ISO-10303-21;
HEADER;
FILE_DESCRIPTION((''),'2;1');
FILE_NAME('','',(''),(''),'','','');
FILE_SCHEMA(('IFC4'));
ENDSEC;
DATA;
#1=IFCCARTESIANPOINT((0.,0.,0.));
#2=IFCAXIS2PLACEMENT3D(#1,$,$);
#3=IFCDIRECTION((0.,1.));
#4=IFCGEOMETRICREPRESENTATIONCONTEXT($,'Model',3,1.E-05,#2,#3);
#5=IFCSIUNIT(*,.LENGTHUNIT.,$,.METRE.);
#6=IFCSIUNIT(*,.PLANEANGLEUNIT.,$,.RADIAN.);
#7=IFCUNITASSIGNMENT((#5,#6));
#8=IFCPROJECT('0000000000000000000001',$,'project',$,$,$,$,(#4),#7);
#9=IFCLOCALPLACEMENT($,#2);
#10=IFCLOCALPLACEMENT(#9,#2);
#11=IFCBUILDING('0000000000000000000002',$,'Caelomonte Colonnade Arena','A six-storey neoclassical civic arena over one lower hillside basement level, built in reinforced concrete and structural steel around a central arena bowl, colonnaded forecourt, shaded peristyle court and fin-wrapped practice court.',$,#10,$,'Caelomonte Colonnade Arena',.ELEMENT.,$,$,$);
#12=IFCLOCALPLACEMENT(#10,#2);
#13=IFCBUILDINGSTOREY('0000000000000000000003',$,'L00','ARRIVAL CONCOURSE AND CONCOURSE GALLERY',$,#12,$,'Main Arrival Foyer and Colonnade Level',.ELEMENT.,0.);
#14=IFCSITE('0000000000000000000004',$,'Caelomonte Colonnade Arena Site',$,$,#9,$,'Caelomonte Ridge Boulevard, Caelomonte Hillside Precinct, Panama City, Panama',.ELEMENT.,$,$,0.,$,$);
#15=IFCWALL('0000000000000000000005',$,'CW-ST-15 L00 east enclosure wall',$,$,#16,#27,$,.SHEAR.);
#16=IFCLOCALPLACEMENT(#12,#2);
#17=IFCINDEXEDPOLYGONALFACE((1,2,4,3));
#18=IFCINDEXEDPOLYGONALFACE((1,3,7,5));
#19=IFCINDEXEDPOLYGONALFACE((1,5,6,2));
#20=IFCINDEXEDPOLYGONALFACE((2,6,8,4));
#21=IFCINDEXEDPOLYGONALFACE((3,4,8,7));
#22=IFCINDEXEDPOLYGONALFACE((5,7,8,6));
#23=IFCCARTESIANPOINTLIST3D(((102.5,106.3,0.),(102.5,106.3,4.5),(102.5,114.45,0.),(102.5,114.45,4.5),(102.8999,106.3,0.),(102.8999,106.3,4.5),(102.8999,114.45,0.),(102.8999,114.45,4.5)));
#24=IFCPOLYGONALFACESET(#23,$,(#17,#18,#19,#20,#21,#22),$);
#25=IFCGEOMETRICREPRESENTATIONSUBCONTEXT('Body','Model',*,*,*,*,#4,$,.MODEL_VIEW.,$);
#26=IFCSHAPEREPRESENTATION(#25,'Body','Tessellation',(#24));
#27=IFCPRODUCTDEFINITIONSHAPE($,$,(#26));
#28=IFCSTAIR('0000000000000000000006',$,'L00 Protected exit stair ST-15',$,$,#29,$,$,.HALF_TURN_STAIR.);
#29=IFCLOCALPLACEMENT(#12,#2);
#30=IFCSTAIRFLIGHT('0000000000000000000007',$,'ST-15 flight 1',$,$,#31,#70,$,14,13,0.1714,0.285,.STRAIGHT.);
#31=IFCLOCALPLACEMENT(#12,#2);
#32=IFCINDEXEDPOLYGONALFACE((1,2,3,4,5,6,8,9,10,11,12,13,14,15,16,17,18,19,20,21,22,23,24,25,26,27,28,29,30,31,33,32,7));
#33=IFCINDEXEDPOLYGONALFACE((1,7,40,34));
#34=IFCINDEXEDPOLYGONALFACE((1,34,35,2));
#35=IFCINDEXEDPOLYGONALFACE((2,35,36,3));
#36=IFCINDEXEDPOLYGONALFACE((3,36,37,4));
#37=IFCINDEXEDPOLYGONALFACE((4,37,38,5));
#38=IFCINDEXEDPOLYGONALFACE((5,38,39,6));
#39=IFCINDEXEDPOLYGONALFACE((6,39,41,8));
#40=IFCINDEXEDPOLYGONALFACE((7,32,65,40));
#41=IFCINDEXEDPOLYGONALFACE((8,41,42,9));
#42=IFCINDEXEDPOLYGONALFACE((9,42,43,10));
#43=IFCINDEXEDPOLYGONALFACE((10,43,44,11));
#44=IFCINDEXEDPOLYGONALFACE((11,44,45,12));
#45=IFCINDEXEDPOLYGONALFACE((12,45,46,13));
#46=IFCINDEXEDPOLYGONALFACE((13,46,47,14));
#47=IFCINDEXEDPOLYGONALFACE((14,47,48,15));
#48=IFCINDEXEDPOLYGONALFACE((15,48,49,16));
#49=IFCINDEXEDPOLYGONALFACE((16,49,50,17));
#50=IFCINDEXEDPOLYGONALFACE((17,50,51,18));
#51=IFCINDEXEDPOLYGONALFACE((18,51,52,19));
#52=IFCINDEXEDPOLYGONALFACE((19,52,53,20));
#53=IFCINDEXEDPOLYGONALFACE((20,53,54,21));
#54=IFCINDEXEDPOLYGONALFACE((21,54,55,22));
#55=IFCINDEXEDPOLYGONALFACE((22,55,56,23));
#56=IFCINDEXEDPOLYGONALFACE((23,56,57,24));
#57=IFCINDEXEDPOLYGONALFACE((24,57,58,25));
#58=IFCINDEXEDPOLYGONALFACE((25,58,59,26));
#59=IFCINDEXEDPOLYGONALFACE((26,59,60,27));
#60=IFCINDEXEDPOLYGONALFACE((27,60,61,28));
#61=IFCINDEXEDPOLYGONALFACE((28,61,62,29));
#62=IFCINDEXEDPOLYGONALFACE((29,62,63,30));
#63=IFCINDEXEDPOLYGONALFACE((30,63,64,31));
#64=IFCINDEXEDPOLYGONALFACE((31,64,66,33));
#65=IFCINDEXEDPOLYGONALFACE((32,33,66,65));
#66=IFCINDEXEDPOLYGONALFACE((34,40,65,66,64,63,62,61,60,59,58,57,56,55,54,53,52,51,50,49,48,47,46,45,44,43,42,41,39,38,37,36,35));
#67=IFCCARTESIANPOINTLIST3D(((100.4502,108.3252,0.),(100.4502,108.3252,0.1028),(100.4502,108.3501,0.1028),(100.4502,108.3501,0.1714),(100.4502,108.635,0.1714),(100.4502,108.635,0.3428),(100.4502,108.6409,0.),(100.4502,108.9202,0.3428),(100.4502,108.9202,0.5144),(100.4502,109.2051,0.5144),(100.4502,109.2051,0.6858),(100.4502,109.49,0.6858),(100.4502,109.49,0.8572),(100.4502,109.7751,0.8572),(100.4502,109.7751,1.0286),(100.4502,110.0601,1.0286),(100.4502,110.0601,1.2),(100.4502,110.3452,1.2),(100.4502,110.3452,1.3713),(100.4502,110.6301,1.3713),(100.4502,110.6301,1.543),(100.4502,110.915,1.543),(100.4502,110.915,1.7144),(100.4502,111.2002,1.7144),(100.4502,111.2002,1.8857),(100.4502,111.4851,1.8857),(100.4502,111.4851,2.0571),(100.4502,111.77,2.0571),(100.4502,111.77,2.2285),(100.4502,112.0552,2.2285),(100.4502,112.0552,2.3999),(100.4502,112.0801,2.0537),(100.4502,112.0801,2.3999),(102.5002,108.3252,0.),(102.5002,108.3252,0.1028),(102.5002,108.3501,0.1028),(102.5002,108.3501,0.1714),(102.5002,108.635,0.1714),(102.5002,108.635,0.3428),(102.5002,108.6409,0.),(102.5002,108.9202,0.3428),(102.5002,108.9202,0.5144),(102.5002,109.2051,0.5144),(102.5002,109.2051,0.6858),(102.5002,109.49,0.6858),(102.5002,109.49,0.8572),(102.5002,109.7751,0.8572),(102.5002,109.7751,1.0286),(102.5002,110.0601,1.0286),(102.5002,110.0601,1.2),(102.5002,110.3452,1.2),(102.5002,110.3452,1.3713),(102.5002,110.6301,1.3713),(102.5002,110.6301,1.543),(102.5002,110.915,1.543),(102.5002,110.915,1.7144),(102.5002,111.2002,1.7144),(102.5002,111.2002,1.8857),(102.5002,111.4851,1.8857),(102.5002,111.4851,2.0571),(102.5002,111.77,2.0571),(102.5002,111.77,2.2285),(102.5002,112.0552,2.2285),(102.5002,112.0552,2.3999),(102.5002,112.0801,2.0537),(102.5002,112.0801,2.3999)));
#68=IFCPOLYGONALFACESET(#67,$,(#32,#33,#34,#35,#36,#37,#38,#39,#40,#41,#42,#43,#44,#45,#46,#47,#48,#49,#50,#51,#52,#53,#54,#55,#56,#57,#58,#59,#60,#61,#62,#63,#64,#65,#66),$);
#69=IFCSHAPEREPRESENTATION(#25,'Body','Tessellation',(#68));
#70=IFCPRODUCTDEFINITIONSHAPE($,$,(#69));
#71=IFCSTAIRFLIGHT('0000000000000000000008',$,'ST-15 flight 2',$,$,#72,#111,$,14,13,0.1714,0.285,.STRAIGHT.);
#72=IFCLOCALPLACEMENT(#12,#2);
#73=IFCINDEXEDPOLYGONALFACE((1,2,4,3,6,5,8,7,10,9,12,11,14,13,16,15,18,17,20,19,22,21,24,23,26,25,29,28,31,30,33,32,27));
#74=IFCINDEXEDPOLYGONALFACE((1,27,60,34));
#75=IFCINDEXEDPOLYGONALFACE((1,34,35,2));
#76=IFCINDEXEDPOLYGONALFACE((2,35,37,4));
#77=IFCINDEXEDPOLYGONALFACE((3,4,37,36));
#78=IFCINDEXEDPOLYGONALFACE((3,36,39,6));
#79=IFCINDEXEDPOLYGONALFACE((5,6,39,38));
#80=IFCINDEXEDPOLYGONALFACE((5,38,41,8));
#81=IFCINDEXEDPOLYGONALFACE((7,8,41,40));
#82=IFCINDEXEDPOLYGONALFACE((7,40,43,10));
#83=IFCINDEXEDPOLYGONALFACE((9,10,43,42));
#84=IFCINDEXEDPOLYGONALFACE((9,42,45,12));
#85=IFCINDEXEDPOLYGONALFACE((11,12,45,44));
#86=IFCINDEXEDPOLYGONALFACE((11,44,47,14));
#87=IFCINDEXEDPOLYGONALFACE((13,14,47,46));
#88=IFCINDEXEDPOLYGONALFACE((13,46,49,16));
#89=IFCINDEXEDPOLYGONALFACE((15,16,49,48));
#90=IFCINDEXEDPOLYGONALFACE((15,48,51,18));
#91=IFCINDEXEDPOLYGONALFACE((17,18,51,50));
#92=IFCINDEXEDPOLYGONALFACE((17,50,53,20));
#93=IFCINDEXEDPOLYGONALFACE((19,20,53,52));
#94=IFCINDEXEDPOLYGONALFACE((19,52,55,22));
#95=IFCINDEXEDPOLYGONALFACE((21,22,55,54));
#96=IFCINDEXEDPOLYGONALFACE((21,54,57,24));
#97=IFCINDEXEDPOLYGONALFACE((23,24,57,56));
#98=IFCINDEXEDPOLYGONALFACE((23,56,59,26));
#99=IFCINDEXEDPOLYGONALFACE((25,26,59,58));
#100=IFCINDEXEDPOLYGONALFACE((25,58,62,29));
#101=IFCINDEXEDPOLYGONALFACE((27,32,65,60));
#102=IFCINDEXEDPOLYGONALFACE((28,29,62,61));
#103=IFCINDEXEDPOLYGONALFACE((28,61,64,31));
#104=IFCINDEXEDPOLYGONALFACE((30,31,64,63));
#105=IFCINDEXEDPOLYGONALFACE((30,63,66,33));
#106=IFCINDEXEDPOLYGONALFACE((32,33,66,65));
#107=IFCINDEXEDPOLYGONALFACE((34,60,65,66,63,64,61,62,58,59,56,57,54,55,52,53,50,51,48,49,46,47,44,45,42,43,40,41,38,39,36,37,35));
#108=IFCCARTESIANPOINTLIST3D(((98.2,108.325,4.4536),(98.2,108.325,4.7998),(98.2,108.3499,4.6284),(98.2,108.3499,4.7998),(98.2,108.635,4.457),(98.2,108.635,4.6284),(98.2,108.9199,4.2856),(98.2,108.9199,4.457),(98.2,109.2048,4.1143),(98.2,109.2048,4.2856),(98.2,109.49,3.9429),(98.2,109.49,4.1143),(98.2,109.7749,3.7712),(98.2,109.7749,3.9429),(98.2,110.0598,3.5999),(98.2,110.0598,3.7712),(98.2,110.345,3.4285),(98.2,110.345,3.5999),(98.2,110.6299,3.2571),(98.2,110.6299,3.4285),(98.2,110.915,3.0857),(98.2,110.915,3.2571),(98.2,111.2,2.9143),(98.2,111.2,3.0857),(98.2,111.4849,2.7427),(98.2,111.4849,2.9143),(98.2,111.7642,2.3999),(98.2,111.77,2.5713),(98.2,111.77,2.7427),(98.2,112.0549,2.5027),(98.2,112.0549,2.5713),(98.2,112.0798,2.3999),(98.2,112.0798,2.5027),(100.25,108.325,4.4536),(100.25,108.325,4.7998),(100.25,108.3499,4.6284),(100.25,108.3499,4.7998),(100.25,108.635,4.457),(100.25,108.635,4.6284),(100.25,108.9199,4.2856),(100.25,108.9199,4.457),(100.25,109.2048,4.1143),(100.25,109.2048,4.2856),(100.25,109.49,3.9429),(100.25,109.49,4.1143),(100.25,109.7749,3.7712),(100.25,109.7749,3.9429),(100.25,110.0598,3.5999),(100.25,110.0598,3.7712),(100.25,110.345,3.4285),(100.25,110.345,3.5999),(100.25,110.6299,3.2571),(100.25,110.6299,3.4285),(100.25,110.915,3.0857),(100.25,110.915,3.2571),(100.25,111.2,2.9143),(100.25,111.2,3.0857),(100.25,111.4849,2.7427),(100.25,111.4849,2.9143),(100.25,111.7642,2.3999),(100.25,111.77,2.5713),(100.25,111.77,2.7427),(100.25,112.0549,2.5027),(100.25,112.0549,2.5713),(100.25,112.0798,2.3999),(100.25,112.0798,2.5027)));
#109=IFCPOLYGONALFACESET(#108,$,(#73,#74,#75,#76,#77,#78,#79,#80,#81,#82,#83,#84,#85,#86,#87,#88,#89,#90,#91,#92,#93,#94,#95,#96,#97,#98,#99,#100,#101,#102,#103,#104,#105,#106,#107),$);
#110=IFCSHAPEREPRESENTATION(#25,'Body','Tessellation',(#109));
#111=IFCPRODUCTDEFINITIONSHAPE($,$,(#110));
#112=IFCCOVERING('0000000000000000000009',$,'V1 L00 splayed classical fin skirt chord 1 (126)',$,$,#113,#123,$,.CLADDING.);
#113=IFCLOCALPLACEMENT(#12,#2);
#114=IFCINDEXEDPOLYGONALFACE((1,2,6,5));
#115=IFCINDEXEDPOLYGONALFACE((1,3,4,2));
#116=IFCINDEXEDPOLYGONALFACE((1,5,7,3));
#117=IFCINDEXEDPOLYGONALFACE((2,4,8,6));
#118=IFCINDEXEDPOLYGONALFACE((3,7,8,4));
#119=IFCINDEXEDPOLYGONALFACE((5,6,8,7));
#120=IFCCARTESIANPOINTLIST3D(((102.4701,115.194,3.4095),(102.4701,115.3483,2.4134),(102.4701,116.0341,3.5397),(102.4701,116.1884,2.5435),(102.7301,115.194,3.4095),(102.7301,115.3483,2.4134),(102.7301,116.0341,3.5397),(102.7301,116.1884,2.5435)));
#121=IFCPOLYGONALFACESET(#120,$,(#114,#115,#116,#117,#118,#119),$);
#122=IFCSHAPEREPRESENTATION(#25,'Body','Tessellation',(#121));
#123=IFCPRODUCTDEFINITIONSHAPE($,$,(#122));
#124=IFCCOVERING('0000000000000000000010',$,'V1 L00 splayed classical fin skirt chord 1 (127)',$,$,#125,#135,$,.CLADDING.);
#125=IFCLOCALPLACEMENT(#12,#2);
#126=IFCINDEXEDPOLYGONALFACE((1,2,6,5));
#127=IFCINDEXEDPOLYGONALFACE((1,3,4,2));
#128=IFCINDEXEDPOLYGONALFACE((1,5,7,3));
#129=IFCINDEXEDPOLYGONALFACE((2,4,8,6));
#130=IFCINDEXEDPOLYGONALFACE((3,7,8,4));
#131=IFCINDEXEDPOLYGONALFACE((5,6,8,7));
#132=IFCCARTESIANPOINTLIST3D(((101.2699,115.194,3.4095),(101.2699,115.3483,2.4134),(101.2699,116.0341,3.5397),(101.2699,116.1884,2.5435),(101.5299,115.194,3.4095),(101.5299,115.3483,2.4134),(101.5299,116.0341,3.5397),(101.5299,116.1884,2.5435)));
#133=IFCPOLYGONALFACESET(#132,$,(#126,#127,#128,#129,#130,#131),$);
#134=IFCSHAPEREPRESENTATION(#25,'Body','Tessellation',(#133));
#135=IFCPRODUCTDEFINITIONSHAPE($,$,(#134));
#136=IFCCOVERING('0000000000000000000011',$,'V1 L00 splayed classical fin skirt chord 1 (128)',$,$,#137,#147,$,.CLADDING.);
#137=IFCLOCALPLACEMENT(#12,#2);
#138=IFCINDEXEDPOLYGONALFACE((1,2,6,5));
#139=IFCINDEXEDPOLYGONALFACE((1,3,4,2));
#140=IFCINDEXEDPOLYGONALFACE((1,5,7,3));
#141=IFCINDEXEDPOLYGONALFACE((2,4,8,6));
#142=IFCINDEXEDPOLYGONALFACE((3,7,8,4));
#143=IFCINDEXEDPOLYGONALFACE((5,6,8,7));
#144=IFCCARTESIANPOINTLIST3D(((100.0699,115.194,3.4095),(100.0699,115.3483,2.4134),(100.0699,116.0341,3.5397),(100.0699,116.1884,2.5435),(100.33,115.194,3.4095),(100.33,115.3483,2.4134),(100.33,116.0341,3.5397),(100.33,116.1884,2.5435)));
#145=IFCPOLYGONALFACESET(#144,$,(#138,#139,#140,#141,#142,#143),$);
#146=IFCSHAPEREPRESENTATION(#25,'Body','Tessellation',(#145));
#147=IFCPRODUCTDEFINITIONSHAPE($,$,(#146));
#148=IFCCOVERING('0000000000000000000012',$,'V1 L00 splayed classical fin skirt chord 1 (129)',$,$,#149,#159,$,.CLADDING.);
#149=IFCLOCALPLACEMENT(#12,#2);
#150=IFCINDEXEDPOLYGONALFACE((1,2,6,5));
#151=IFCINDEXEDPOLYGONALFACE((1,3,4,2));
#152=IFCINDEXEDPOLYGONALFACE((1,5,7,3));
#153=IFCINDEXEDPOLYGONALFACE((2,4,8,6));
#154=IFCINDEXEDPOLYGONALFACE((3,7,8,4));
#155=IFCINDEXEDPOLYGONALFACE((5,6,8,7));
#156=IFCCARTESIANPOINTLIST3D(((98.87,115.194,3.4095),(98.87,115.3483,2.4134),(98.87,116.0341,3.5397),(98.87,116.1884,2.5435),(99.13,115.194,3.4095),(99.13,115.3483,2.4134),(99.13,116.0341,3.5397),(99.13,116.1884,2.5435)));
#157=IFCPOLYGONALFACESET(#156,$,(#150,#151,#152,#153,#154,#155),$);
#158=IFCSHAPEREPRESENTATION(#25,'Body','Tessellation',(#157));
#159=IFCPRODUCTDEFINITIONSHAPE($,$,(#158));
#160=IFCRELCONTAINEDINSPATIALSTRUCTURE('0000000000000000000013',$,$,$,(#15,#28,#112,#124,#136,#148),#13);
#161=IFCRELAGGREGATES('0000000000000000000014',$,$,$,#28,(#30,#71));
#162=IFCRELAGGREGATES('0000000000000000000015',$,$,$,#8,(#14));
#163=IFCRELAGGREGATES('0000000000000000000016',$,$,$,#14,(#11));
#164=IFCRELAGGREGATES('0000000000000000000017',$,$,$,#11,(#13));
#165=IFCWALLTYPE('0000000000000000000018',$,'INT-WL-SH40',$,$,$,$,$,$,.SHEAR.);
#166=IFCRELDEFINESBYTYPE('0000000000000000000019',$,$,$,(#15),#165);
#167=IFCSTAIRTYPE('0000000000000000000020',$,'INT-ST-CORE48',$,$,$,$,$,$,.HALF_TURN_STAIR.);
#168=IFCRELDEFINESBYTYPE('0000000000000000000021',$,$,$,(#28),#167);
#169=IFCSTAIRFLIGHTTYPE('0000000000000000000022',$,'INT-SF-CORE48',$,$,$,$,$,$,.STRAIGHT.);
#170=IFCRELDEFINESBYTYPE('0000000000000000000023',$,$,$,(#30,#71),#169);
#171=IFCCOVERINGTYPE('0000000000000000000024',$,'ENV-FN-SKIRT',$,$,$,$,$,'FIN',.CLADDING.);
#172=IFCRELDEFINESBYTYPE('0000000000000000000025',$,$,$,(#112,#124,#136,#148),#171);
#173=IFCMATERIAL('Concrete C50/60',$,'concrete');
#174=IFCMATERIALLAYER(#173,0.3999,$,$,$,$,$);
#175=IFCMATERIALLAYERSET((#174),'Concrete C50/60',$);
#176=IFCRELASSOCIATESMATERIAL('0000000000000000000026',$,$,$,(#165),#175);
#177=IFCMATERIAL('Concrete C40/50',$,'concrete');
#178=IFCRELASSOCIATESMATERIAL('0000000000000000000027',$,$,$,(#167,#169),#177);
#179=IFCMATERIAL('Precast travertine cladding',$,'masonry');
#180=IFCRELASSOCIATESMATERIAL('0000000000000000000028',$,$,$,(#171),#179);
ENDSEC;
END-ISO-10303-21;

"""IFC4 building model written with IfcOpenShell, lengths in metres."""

from ifc_helpers import new_model, si_unit, direction, frame, frame_2d, origin, origin_2d, place, context, subcontext, project, spatial, polyline, rectangle, outline, extrude, material, layer, layer_set, material_profile, profile_set, type_object, element, aggregate, save


model = new_model("IFC4")

# Units and contexts
model_context = context("Model", 3, precision=1e-05, world=origin(), true_north=direction((0.0, 1.0)))
body_context = subcontext(model_context, "Body", "Model", "MODEL_VIEW")
ifc_project = project(units=[si_unit("LENGTHUNIT", "METRE"), si_unit("PLANEANGLEUNIT", "RADIAN")], contexts=[model_context])

# Site, building, storey
site_placement = place(None, origin())
site = spatial("IfcSite", under=ifc_project, at=site_placement, Name="Caelomonte Colonnade Arena Site", LongName="Caelomonte Ridge Boulevard, Caelomonte Hillside Precinct, Panama City, Panama", CompositionType="ELEMENT", RefElevation=0.0)
building_placement = place(site_placement, origin())
building = spatial("IfcBuilding", under=site, at=building_placement, Name="Caelomonte Colonnade Arena", Description="A six-storey neoclassical civic arena over one lower hillside basement level, built in reinforced concrete and structural steel around a central arena bowl, colonnaded forecourt, shaded peristyle court and fin-wrapped practice court.", LongName="Caelomonte Colonnade Arena", CompositionType="ELEMENT")
storey_placement = place(building_placement, origin())
storey = spatial("IfcBuildingStorey", under=building, at=storey_placement, Name="L00", Description="ARRIVAL CONCOURSE AND CONCOURSE GALLERY", LongName="Main Arrival Foyer and Colonnade Level", CompositionType="ELEMENT", Elevation=0.0)

# Wall
ifc_material_1 = material(Name="Concrete C50/60", Category="concrete")
ifc_layer_1 = layer(ifc_material_1, 0.3999)
ifc_layer_set_1 = layer_set([ifc_layer_1], Name="Concrete C50/60")
wall_type = type_object("IfcWallType", Name="INT-WL-SH40", PredefinedType="SHEAR", material=ifc_layer_set_1)
for number, where, z_axis, x_axis, name in (
    (1, (102.7, 106.3, 0.0), (0.0, 0.0, 1.0), (0.0, 1.0, 0.0), "CW-ST-15 L00 east enclosure wall"),
):
    element("IfcWall", number, at=place(storey_placement, frame(where, z_axis=z_axis, x_axis=x_axis)), inside=storey, type_object=wall_type, Name=name, PredefinedType="SHEAR", context=body_context, shape_type="SweptSolid", body=[
        extrude(rectangle(XDim=8.1499, YDim=0.3999, at=frame_2d((4.075, 0.0))), origin(), (0.0, 0.0, 1.0), 4.5),
    ])

# Stair, stair flights
ifc_material_2 = material(Name="Concrete C40/50", Category="concrete")
stair_type = type_object("IfcStairType", Name="INT-ST-CORE48", PredefinedType="HALF_TURN_STAIR", material=ifc_material_2)
stair_placement = place(storey_placement, origin())
stair = element("IfcStair", 2, at=stair_placement, inside=storey, type_object=stair_type, Name="L00 Protected exit stair ST-15", PredefinedType="HALF_TURN_STAIR")
stair_flight_type = type_object("IfcStairFlightType", Name="INT-SF-CORE48", PredefinedType="STRAIGHT", material=ifc_material_2)
stair_flight_1_placement = place(storey_placement, frame((101.4751, 108.3501, 0.0), z_axis=(0.0, 0.0, 1.0), x_axis=(0.0, 1.0, 0.0)))
stair_flight_1 = element("IfcStairFlight", 3, at=stair_flight_1_placement, type_object=stair_flight_type, Name="ST-15 flight 1", NumberOfRisers=14, NumberOfTreads=13, PredefinedType="STRAIGHT", RiserHeight=0.1714, TreadLength=0.285, context=body_context, shape_type="SweptSolid", body=[
    extrude(outline(polyline([(-0.0249, 0.0), (-0.0249, 0.1028), (0.0, 0.1028), (0.0, 0.1714), (0.2849, 0.1714), (0.2849, 0.3428), (0.5701, 0.3428), (0.5701, 0.5144), (0.855, 0.5144), (0.855, 0.6858), (1.1399, 0.6858), (1.1399, 0.8572), (1.425, 0.8572), (1.425, 1.0286), (1.71, 1.0286), (1.71, 1.2), (1.9951, 1.2), (1.9951, 1.3713), (2.28, 1.3713), (2.28, 1.543), (2.5649, 1.543), (2.5649, 1.7144), (2.8501, 1.7144), (2.8501, 1.8857), (3.135, 1.8857), (3.135, 2.0571), (3.4199, 2.0571), (3.4199, 2.2285), (3.7051, 2.2285), (3.7051, 2.3999), (3.73, 2.3999), (3.73, 2.0537), (0.2908, 0.0), (-0.0249, 0.0)])), frame((0.0, 1.0249, 0.0), z_axis=(0.0, -1.0, 0.0), x_axis=(1.0, 0.0, 0.0)), (0.0, 0.0, 1.0), 2.05),
])
stair_flight_2_placement = place(storey_placement, frame((99.2251, 112.0549, 2.3999), z_axis=(0.0, 0.0, 1.0), x_axis=(0.0, -1.0, 0.0)))
stair_flight_2 = element("IfcStairFlight", 4, at=stair_flight_2_placement, type_object=stair_flight_type, Name="ST-15 flight 2", NumberOfRisers=14, NumberOfTreads=13, PredefinedType="STRAIGHT", RiserHeight=0.1714, TreadLength=0.285, context=body_context, shape_type="SweptSolid", body=[
    extrude(outline(polyline([(-0.0249, 0.0), (-0.0249, 0.1028), (0.0, 0.1028), (0.0, 0.1714), (0.2849, 0.1714), (0.2849, 0.3428), (0.5701, 0.3428), (0.5701, 0.5144), (0.855, 0.5144), (0.855, 0.6858), (1.1399, 0.6858), (1.1399, 0.8572), (1.425, 0.8572), (1.425, 1.0286), (1.71, 1.0286), (1.71, 1.2), (1.9951, 1.2), (1.9951, 1.3713), (2.28, 1.3713), (2.28, 1.543), (2.5649, 1.543), (2.5649, 1.7144), (2.8501, 1.7144), (2.8501, 1.8857), (3.135, 1.8857), (3.135, 2.0571), (3.4199, 2.0571), (3.4199, 2.2285), (3.7051, 2.2285), (3.7051, 2.3999), (3.73, 2.3999), (3.73, 2.0537), (0.2908, 0.0), (-0.0249, 0.0)])), frame((0.0, 1.0249, 0.0), z_axis=(0.0, -1.0, 0.0), x_axis=(1.0, 0.0, 0.0)), (0.0, 0.0, 1.0), 2.05),
])
aggregate(stair, [stair_flight_1, stair_flight_2])

# Coverings
ifc_material_3 = material(Name="Precast travertine cladding", Category="masonry")
ifc_material_profile_1 = material_profile(ifc_material_3, rectangle(XDim=0.26, YDim=0.8501, at=origin_2d()), Name="FIN260X850")
ifc_profile_set_1 = profile_set([ifc_material_profile_1], Name="Precast travertine cladding")
covering_type = type_object("IfcCoveringType", Name="ENV-FN-SKIRT", ElementType="FIN", PredefinedType="CLADDING", material=ifc_profile_set_1)
for number, where, z_axis, x_axis, name in (
    (5, (102.6001, 115.614, 3.4746), (0.0, 0.153076, -0.988214), (-1.0, 0.0, 0.0), "V1 L00 splayed classical fin skirt chord 1 (126)"),
    (6, (101.3999, 115.614, 3.4746), (0.0, 0.153076, -0.988214), (-1.0, 0.0, 0.0), "V1 L00 splayed classical fin skirt chord 1 (127)"),
    (7, (100.2, 115.614, 3.4746), (0.0, 0.153076, -0.988214), (-1.0, 0.0, 0.0), "V1 L00 splayed classical fin skirt chord 1 (128)"),
    (8, (99.0, 115.614, 3.4746), (0.0, 0.153076, -0.988214), (-1.0, 0.0, 0.0), "V1 L00 splayed classical fin skirt chord 1 (129)"),
):
    element("IfcCovering", number, at=place(storey_placement, frame(where, z_axis=z_axis, x_axis=x_axis)), inside=storey, type_object=covering_type, Name=name, PredefinedType="CLADDING", context=body_context, shape_type="SweptSolid", body=[
        extrude(rectangle(XDim=0.26, YDim=0.8501, at=origin_2d()), origin(), (0.0, 0.0, 1.0), 1.0081),
    ])

save(model, "model.ifc")
